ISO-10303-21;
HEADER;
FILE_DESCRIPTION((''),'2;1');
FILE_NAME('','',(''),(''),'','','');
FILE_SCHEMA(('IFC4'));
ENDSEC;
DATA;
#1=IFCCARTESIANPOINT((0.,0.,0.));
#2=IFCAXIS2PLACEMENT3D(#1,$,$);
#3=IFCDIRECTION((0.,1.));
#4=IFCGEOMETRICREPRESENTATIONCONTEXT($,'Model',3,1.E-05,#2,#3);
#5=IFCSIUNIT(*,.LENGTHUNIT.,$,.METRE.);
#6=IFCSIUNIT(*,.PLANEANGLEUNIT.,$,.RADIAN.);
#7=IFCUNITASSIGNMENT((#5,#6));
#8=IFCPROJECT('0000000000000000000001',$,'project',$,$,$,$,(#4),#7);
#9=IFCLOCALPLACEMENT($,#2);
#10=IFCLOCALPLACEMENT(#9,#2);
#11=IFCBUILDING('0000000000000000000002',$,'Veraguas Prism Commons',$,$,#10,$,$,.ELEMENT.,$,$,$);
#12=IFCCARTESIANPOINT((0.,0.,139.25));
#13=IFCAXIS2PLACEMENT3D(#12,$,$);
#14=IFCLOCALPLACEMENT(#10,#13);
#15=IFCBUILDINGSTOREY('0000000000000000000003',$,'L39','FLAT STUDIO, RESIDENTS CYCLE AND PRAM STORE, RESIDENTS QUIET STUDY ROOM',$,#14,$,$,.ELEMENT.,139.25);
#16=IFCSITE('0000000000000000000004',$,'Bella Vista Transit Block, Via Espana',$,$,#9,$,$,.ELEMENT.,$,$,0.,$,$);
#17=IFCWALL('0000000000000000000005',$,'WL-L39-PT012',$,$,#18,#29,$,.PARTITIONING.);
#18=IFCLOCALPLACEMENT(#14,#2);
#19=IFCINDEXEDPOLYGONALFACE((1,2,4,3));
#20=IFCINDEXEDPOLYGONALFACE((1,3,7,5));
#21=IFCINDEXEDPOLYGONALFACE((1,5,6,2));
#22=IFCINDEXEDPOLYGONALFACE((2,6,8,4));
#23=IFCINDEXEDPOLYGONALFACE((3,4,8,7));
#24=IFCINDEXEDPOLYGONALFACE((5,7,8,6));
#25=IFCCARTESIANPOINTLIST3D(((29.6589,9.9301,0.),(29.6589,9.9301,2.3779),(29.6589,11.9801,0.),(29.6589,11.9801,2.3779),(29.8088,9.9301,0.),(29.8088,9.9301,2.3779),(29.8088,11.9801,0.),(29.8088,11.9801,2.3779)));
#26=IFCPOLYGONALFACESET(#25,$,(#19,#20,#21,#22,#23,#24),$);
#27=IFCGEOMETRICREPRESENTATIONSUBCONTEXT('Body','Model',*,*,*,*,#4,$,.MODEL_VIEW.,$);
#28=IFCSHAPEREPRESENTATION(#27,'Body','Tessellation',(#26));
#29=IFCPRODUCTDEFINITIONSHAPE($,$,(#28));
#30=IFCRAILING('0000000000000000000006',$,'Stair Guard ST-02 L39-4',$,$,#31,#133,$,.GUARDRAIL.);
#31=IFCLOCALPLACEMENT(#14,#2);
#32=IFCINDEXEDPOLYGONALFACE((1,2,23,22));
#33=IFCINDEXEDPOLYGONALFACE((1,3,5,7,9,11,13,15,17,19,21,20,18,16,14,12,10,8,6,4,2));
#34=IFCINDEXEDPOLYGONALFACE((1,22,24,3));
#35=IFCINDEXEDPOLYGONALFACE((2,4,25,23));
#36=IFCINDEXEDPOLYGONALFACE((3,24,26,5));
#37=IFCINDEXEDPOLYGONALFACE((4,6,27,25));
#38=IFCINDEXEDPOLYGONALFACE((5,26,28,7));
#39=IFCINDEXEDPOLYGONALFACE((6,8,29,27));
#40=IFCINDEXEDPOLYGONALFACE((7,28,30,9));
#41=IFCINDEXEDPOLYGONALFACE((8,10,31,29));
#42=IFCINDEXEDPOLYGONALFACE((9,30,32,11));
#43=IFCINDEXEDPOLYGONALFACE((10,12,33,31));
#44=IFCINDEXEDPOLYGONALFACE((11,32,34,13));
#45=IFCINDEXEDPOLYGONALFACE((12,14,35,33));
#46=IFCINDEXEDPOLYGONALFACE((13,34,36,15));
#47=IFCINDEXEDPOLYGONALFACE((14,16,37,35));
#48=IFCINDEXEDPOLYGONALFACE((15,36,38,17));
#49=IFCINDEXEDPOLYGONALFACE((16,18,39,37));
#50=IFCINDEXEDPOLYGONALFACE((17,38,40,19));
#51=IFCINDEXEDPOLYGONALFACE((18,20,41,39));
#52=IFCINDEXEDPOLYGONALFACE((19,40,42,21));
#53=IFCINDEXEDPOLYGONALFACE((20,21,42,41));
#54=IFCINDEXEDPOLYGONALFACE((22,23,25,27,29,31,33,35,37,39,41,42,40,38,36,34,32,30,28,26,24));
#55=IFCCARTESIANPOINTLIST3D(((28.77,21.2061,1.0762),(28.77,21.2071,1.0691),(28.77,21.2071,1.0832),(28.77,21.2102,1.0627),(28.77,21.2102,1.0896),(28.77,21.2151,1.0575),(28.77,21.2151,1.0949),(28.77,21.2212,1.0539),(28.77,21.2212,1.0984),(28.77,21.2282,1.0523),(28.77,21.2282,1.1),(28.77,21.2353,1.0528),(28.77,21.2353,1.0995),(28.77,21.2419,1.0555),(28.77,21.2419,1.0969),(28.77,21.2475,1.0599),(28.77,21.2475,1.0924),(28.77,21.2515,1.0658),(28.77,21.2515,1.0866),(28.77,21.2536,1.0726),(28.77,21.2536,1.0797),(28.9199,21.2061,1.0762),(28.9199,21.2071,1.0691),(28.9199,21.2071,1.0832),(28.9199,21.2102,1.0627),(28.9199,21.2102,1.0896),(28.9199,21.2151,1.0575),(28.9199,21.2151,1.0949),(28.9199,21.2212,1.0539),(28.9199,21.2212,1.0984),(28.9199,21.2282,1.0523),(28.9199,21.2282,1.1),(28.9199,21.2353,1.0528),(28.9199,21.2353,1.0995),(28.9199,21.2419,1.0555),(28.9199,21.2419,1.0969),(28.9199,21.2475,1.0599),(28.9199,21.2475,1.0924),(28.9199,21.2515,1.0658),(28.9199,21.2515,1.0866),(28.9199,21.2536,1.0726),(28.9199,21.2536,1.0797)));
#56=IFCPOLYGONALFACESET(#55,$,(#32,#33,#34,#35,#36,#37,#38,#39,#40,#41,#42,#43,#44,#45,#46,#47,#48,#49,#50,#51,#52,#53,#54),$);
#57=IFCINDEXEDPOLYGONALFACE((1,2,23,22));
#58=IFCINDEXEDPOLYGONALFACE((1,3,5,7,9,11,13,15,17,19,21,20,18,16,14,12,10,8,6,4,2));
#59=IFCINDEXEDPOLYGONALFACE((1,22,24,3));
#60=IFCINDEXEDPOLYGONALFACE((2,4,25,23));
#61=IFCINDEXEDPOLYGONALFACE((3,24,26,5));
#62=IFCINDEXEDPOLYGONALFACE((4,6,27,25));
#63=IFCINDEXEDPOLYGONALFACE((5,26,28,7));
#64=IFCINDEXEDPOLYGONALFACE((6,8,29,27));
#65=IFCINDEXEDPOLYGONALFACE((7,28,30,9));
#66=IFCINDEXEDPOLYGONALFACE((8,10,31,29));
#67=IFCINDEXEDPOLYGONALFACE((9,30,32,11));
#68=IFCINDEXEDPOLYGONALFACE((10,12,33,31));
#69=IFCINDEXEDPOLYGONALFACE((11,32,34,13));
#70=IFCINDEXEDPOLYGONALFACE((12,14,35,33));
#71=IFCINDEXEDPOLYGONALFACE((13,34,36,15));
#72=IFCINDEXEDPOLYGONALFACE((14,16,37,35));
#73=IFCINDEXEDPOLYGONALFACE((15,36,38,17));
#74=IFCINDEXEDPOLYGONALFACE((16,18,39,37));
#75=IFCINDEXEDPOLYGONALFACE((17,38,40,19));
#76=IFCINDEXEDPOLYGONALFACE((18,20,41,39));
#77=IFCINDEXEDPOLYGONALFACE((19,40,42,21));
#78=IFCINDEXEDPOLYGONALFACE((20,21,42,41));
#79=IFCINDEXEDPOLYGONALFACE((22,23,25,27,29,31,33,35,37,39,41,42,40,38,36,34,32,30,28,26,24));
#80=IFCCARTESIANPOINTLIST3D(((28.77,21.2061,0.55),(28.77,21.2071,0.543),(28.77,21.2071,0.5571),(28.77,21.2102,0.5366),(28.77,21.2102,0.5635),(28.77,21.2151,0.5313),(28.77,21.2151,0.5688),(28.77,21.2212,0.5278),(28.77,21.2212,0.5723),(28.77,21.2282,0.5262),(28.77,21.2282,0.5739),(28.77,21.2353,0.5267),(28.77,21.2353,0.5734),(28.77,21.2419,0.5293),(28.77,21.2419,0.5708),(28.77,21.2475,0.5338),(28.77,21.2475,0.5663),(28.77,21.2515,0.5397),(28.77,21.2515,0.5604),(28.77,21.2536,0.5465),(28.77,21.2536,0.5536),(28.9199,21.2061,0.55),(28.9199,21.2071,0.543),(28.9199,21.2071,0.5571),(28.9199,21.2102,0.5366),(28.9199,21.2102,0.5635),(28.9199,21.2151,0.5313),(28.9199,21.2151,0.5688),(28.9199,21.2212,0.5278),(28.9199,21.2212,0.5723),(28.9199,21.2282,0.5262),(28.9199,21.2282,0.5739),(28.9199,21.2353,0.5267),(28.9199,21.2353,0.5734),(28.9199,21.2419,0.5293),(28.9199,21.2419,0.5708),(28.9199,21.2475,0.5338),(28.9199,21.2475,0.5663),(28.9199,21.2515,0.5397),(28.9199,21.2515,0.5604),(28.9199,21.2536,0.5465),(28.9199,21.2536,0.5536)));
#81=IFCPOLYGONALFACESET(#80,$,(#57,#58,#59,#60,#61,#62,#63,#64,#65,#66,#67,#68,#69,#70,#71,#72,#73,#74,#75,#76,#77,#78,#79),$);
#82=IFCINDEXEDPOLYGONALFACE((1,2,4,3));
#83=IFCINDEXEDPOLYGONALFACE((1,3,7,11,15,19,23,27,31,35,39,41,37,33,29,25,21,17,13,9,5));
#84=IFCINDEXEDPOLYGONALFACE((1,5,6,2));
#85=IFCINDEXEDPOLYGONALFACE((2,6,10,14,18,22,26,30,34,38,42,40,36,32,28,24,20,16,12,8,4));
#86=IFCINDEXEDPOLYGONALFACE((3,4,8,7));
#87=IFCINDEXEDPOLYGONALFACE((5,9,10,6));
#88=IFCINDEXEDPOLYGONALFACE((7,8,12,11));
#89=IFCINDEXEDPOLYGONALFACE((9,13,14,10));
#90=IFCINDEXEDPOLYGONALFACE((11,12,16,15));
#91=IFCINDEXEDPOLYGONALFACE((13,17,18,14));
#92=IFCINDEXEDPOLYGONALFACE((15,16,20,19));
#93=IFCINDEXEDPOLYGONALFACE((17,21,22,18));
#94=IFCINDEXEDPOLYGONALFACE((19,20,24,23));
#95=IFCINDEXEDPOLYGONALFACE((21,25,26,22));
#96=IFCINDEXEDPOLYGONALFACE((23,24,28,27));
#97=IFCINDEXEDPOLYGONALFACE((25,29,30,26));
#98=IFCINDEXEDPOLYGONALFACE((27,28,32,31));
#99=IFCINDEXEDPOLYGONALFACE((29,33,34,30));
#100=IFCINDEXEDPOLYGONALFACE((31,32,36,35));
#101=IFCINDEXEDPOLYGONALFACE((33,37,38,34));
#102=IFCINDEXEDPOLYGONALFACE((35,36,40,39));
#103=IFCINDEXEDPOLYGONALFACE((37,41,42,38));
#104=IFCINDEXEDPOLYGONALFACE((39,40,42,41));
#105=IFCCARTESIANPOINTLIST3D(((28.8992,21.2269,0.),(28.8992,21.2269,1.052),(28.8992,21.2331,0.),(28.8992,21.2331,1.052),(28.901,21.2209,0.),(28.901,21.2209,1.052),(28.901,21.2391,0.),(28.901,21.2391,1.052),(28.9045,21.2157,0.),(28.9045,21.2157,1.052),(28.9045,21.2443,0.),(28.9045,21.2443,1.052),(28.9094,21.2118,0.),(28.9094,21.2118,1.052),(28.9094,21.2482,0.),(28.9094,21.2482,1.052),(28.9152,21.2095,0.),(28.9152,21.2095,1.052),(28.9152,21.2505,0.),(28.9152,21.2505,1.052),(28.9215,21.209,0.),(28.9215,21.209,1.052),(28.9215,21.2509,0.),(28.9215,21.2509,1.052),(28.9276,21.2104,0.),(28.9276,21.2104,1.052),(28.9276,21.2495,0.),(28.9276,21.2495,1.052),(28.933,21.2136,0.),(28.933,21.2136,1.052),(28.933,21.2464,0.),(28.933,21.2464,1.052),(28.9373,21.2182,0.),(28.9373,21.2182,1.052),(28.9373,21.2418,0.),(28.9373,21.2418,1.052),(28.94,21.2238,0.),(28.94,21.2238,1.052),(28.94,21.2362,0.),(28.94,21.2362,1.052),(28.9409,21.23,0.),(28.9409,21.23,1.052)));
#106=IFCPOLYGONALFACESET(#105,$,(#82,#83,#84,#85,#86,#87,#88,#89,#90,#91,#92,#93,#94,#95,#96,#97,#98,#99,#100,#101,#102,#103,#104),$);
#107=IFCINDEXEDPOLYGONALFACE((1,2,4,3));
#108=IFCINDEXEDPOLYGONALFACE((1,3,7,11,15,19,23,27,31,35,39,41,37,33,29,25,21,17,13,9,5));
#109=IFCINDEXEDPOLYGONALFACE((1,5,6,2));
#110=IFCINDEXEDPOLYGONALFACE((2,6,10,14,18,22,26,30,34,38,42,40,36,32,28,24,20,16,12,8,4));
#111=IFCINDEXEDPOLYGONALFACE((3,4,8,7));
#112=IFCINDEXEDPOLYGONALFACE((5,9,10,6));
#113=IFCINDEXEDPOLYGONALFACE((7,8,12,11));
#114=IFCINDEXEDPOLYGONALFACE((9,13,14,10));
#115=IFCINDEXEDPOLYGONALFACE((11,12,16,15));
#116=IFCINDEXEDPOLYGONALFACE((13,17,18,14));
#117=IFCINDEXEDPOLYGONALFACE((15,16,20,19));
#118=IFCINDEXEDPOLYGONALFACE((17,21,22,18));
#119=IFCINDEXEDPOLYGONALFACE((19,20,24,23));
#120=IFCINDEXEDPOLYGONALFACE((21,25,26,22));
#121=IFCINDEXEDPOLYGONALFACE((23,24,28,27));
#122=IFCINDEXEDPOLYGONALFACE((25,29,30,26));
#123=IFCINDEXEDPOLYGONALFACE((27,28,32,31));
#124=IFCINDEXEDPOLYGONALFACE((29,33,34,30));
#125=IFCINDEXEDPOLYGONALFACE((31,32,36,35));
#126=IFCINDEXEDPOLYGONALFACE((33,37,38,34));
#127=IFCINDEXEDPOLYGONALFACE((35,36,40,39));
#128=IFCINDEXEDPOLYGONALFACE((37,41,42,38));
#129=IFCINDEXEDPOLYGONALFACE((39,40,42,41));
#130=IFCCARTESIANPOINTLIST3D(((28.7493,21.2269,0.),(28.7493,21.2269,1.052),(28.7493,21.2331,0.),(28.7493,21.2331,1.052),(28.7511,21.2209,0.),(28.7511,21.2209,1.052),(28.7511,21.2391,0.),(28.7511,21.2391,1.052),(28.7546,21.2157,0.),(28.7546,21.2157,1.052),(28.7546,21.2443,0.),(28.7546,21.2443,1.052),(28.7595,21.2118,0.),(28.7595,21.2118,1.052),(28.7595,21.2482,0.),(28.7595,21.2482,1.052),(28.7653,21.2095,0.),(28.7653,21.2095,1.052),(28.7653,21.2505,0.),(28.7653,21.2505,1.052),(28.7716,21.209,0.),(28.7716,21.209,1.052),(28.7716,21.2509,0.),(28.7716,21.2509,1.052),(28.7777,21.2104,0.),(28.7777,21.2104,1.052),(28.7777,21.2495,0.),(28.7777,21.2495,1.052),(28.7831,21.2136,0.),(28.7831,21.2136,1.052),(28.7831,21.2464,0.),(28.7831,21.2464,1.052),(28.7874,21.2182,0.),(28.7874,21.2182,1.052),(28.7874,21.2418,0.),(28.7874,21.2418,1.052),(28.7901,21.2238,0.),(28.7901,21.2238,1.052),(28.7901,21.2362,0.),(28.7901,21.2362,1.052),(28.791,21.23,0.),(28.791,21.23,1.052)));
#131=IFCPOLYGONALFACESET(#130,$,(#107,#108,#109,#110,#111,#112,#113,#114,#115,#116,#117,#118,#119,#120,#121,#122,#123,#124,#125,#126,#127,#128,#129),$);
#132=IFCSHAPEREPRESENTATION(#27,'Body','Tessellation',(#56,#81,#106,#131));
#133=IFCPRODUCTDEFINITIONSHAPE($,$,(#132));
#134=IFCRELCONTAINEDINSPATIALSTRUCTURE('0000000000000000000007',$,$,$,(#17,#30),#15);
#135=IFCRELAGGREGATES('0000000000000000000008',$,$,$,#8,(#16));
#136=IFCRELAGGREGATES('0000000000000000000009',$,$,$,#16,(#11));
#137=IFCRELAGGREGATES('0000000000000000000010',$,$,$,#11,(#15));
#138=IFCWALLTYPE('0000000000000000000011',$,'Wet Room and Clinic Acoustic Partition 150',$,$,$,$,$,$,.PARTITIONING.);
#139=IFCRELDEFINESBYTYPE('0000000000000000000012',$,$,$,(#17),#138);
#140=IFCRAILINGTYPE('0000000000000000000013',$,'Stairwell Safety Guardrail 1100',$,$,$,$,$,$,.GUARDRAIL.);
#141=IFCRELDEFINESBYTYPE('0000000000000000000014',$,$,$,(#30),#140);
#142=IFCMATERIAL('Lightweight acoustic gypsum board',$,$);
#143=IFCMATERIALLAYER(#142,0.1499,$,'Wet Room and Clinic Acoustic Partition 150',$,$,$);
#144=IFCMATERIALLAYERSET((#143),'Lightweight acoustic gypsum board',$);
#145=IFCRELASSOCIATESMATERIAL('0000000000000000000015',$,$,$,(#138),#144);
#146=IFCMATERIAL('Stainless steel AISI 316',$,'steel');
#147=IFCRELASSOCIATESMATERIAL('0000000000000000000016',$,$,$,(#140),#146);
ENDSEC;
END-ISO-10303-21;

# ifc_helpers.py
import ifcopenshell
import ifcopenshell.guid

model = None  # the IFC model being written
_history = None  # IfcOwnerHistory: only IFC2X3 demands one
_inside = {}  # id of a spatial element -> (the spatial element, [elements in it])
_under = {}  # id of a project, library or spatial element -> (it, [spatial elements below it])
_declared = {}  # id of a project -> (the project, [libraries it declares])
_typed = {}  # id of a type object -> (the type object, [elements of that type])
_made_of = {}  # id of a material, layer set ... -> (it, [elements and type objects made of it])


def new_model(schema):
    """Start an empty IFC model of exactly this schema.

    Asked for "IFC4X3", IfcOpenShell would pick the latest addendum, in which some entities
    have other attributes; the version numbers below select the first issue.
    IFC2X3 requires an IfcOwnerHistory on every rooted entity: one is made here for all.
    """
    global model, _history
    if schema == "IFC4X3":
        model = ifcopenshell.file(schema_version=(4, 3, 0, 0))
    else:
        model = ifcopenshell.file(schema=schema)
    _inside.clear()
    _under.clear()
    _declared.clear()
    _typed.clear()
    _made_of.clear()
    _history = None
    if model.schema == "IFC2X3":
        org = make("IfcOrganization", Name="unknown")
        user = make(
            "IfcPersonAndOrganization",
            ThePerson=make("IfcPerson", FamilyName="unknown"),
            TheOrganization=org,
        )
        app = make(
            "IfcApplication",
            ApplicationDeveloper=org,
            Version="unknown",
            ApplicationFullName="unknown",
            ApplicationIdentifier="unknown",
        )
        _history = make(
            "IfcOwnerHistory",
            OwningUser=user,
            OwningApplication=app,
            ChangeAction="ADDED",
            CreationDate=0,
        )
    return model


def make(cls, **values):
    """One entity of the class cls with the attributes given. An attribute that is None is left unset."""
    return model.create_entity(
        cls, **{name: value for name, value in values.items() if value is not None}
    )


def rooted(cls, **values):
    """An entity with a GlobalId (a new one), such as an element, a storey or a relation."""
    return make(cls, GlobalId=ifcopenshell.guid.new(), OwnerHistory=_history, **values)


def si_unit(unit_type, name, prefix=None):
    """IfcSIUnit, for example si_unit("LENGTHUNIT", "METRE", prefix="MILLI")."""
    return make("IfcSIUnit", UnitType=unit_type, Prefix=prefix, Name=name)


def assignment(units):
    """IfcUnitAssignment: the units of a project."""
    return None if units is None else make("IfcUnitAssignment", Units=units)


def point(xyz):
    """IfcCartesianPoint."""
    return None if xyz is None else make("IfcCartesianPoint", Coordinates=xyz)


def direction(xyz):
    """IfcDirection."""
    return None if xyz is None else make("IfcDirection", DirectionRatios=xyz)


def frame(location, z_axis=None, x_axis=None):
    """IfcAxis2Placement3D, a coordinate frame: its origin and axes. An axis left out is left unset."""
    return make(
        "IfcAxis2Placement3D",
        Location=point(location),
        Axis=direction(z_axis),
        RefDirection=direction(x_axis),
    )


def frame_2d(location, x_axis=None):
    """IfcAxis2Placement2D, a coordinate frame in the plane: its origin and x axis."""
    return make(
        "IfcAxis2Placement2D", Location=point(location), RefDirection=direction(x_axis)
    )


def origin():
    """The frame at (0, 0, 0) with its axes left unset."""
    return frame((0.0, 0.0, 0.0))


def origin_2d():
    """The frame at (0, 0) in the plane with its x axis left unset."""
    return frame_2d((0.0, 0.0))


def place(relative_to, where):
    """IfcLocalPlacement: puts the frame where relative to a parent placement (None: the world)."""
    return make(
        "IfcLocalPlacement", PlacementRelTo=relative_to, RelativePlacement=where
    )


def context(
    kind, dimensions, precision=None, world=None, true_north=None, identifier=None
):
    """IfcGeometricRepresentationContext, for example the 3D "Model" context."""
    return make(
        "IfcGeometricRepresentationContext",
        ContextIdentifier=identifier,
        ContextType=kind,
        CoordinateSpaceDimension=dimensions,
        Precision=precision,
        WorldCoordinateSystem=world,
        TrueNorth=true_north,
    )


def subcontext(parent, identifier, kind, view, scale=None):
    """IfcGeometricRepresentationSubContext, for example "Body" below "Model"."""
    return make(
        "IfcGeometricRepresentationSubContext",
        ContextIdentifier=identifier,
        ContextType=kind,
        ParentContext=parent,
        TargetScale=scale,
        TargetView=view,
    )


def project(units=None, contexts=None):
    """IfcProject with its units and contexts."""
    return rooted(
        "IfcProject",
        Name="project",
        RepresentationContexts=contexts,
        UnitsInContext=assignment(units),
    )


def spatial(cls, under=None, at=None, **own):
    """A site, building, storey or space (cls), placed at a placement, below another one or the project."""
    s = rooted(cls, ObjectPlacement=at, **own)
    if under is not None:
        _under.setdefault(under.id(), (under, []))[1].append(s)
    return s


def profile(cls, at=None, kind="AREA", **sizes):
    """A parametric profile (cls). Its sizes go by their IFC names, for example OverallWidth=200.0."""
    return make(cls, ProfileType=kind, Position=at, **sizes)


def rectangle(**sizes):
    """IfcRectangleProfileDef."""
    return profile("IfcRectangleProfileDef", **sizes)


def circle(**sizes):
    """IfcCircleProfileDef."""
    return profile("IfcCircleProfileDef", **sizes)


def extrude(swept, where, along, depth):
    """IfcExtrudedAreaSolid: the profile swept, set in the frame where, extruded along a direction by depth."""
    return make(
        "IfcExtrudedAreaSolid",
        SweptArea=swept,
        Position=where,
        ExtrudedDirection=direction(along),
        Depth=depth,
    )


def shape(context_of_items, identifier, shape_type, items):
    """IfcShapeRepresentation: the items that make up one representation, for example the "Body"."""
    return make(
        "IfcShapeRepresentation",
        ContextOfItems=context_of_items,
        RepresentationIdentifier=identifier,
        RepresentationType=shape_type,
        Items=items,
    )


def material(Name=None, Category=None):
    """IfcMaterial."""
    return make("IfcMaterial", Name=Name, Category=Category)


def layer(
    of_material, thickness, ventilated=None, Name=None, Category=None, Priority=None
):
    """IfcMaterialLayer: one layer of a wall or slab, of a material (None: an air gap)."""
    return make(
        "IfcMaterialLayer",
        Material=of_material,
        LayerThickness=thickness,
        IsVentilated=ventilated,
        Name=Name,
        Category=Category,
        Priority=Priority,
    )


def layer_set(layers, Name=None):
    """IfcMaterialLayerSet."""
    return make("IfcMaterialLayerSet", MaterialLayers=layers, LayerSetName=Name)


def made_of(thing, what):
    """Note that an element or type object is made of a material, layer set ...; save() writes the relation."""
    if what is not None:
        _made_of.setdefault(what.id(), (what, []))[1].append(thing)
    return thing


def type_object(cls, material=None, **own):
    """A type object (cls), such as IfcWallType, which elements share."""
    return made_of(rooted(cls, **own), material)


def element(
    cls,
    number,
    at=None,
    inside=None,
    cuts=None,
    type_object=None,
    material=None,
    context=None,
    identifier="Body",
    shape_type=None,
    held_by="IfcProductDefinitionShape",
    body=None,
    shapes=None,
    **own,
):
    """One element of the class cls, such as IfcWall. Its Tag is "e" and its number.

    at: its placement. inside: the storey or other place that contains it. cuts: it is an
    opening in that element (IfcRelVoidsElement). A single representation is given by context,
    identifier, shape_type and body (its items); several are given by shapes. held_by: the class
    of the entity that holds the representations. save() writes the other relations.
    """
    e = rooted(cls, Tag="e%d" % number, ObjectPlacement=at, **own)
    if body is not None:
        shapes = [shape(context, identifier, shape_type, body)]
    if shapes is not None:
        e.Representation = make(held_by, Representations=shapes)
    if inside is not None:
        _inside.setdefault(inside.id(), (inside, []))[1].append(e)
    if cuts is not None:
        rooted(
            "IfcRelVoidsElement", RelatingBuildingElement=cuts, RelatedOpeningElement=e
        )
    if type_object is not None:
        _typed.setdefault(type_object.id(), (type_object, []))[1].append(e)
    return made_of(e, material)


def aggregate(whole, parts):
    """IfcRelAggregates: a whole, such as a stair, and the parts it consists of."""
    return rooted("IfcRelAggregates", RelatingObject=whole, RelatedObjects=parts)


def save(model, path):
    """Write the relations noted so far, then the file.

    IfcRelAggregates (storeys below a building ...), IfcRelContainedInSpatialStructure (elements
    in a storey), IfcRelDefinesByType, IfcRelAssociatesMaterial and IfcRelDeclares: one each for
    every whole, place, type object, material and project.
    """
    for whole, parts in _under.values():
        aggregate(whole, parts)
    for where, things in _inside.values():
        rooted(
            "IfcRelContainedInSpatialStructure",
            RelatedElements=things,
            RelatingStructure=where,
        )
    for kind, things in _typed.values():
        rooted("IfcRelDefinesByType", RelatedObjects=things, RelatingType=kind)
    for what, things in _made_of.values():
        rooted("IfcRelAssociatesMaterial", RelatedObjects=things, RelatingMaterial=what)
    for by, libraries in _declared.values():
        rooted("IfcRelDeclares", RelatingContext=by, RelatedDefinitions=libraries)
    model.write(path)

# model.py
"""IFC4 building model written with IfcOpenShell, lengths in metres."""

from ifc_helpers import new_model, si_unit, direction, frame, frame_2d, origin, origin_2d, place, context, subcontext, project, spatial, rectangle, circle, extrude, material, layer, layer_set, type_object, element, save


model = new_model("IFC4")

# Units and contexts
model_context = context("Model", 3, precision=1e-05, world=origin(), true_north=direction((0.0, 1.0)))
body_context = subcontext(model_context, "Body", "Model", "MODEL_VIEW")
ifc_project = project(units=[si_unit("LENGTHUNIT", "METRE"), si_unit("PLANEANGLEUNIT", "RADIAN")], contexts=[model_context])

# Site, building, storey
site_placement = place(None, origin())
site = spatial("IfcSite", under=ifc_project, at=site_placement, Name="Bella Vista Transit Block, Via Espana", CompositionType="ELEMENT", RefElevation=0.0)
building_placement = place(site_placement, origin())
building = spatial("IfcBuilding", under=site, at=building_placement, Name="Veraguas Prism Commons", CompositionType="ELEMENT")
storey_placement = place(building_placement, frame((0.0, 0.0, 139.25)))
storey = spatial("IfcBuildingStorey", under=building, at=storey_placement, Name="L39", Description="FLAT STUDIO, RESIDENTS CYCLE AND PRAM STORE, RESIDENTS QUIET STUDY ROOM", CompositionType="ELEMENT", Elevation=139.25)

# Shared definitions
ifc_material_1 = material(Name="Stainless steel AISI 316", Category="steel")

# Wall
ifc_material_2 = material(Name="Lightweight acoustic gypsum board")
ifc_layer_1 = layer(ifc_material_2, 0.1499, Name="Wet Room and Clinic Acoustic Partition 150")
ifc_layer_set_1 = layer_set([ifc_layer_1], Name="Lightweight acoustic gypsum board")
wall_type_1 = type_object("IfcWallType", Name="Wet Room and Clinic Acoustic Partition 150", PredefinedType="PARTITIONING", material=ifc_layer_set_1)
wall_1_placement = place(storey_placement, frame((29.7339, 11.98, 0.0), z_axis=(0.0, 0.0, 1.0), x_axis=(0.0, -1.0, 0.0)))
element("IfcWall", 1, at=wall_1_placement, inside=storey, type_object=wall_type_1, Name="WL-L39-PT012", PredefinedType="PARTITIONING", context=body_context, shape_type="SweptSolid", body=[
    extrude(rectangle(XDim=2.05, YDim=0.1499, at=frame_2d((1.0249, 0.0))), origin(), (0.0, 0.0, 1.0), 2.3779),
])

# Railing
railing_type = type_object("IfcRailingType", Name="Stairwell Safety Guardrail 1100", PredefinedType="GUARDRAIL", material=ifc_material_1)
railing_placement = place(storey_placement, frame((28.9199, 21.23, 0.0)))
element("IfcRailing", 2, at=railing_placement, inside=storey, type_object=railing_type, Name="Stair Guard ST-02 L39-4", PredefinedType="GUARDRAIL", context=body_context, shape_type="SweptSolid", body=[
    extrude(circle(Radius=0.0239, at=origin_2d()), frame((0.0, 0.0, 1.0762), z_axis=(-1.0, 0.0, 0.0), x_axis=(0.0, -1.0, 0.0)), (0.0, 0.0, 1.0), 0.1499),
    extrude(circle(Radius=0.0239, at=origin_2d()), frame((0.0, 0.0, 0.55), z_axis=(-1.0, 0.0, 0.0), x_axis=(0.0, -1.0, 0.0)), (0.0, 0.0, 1.0), 0.1499),
    extrude(circle(Radius=0.021, at=origin_2d()), origin(), (0.0, 0.0, 1.0), 1.052),
    extrude(circle(Radius=0.021, at=origin_2d()), frame((-0.1499, 0.0, 0.0)), (0.0, 0.0, 1.0), 1.052),
])

save(model, "model.ifc")
